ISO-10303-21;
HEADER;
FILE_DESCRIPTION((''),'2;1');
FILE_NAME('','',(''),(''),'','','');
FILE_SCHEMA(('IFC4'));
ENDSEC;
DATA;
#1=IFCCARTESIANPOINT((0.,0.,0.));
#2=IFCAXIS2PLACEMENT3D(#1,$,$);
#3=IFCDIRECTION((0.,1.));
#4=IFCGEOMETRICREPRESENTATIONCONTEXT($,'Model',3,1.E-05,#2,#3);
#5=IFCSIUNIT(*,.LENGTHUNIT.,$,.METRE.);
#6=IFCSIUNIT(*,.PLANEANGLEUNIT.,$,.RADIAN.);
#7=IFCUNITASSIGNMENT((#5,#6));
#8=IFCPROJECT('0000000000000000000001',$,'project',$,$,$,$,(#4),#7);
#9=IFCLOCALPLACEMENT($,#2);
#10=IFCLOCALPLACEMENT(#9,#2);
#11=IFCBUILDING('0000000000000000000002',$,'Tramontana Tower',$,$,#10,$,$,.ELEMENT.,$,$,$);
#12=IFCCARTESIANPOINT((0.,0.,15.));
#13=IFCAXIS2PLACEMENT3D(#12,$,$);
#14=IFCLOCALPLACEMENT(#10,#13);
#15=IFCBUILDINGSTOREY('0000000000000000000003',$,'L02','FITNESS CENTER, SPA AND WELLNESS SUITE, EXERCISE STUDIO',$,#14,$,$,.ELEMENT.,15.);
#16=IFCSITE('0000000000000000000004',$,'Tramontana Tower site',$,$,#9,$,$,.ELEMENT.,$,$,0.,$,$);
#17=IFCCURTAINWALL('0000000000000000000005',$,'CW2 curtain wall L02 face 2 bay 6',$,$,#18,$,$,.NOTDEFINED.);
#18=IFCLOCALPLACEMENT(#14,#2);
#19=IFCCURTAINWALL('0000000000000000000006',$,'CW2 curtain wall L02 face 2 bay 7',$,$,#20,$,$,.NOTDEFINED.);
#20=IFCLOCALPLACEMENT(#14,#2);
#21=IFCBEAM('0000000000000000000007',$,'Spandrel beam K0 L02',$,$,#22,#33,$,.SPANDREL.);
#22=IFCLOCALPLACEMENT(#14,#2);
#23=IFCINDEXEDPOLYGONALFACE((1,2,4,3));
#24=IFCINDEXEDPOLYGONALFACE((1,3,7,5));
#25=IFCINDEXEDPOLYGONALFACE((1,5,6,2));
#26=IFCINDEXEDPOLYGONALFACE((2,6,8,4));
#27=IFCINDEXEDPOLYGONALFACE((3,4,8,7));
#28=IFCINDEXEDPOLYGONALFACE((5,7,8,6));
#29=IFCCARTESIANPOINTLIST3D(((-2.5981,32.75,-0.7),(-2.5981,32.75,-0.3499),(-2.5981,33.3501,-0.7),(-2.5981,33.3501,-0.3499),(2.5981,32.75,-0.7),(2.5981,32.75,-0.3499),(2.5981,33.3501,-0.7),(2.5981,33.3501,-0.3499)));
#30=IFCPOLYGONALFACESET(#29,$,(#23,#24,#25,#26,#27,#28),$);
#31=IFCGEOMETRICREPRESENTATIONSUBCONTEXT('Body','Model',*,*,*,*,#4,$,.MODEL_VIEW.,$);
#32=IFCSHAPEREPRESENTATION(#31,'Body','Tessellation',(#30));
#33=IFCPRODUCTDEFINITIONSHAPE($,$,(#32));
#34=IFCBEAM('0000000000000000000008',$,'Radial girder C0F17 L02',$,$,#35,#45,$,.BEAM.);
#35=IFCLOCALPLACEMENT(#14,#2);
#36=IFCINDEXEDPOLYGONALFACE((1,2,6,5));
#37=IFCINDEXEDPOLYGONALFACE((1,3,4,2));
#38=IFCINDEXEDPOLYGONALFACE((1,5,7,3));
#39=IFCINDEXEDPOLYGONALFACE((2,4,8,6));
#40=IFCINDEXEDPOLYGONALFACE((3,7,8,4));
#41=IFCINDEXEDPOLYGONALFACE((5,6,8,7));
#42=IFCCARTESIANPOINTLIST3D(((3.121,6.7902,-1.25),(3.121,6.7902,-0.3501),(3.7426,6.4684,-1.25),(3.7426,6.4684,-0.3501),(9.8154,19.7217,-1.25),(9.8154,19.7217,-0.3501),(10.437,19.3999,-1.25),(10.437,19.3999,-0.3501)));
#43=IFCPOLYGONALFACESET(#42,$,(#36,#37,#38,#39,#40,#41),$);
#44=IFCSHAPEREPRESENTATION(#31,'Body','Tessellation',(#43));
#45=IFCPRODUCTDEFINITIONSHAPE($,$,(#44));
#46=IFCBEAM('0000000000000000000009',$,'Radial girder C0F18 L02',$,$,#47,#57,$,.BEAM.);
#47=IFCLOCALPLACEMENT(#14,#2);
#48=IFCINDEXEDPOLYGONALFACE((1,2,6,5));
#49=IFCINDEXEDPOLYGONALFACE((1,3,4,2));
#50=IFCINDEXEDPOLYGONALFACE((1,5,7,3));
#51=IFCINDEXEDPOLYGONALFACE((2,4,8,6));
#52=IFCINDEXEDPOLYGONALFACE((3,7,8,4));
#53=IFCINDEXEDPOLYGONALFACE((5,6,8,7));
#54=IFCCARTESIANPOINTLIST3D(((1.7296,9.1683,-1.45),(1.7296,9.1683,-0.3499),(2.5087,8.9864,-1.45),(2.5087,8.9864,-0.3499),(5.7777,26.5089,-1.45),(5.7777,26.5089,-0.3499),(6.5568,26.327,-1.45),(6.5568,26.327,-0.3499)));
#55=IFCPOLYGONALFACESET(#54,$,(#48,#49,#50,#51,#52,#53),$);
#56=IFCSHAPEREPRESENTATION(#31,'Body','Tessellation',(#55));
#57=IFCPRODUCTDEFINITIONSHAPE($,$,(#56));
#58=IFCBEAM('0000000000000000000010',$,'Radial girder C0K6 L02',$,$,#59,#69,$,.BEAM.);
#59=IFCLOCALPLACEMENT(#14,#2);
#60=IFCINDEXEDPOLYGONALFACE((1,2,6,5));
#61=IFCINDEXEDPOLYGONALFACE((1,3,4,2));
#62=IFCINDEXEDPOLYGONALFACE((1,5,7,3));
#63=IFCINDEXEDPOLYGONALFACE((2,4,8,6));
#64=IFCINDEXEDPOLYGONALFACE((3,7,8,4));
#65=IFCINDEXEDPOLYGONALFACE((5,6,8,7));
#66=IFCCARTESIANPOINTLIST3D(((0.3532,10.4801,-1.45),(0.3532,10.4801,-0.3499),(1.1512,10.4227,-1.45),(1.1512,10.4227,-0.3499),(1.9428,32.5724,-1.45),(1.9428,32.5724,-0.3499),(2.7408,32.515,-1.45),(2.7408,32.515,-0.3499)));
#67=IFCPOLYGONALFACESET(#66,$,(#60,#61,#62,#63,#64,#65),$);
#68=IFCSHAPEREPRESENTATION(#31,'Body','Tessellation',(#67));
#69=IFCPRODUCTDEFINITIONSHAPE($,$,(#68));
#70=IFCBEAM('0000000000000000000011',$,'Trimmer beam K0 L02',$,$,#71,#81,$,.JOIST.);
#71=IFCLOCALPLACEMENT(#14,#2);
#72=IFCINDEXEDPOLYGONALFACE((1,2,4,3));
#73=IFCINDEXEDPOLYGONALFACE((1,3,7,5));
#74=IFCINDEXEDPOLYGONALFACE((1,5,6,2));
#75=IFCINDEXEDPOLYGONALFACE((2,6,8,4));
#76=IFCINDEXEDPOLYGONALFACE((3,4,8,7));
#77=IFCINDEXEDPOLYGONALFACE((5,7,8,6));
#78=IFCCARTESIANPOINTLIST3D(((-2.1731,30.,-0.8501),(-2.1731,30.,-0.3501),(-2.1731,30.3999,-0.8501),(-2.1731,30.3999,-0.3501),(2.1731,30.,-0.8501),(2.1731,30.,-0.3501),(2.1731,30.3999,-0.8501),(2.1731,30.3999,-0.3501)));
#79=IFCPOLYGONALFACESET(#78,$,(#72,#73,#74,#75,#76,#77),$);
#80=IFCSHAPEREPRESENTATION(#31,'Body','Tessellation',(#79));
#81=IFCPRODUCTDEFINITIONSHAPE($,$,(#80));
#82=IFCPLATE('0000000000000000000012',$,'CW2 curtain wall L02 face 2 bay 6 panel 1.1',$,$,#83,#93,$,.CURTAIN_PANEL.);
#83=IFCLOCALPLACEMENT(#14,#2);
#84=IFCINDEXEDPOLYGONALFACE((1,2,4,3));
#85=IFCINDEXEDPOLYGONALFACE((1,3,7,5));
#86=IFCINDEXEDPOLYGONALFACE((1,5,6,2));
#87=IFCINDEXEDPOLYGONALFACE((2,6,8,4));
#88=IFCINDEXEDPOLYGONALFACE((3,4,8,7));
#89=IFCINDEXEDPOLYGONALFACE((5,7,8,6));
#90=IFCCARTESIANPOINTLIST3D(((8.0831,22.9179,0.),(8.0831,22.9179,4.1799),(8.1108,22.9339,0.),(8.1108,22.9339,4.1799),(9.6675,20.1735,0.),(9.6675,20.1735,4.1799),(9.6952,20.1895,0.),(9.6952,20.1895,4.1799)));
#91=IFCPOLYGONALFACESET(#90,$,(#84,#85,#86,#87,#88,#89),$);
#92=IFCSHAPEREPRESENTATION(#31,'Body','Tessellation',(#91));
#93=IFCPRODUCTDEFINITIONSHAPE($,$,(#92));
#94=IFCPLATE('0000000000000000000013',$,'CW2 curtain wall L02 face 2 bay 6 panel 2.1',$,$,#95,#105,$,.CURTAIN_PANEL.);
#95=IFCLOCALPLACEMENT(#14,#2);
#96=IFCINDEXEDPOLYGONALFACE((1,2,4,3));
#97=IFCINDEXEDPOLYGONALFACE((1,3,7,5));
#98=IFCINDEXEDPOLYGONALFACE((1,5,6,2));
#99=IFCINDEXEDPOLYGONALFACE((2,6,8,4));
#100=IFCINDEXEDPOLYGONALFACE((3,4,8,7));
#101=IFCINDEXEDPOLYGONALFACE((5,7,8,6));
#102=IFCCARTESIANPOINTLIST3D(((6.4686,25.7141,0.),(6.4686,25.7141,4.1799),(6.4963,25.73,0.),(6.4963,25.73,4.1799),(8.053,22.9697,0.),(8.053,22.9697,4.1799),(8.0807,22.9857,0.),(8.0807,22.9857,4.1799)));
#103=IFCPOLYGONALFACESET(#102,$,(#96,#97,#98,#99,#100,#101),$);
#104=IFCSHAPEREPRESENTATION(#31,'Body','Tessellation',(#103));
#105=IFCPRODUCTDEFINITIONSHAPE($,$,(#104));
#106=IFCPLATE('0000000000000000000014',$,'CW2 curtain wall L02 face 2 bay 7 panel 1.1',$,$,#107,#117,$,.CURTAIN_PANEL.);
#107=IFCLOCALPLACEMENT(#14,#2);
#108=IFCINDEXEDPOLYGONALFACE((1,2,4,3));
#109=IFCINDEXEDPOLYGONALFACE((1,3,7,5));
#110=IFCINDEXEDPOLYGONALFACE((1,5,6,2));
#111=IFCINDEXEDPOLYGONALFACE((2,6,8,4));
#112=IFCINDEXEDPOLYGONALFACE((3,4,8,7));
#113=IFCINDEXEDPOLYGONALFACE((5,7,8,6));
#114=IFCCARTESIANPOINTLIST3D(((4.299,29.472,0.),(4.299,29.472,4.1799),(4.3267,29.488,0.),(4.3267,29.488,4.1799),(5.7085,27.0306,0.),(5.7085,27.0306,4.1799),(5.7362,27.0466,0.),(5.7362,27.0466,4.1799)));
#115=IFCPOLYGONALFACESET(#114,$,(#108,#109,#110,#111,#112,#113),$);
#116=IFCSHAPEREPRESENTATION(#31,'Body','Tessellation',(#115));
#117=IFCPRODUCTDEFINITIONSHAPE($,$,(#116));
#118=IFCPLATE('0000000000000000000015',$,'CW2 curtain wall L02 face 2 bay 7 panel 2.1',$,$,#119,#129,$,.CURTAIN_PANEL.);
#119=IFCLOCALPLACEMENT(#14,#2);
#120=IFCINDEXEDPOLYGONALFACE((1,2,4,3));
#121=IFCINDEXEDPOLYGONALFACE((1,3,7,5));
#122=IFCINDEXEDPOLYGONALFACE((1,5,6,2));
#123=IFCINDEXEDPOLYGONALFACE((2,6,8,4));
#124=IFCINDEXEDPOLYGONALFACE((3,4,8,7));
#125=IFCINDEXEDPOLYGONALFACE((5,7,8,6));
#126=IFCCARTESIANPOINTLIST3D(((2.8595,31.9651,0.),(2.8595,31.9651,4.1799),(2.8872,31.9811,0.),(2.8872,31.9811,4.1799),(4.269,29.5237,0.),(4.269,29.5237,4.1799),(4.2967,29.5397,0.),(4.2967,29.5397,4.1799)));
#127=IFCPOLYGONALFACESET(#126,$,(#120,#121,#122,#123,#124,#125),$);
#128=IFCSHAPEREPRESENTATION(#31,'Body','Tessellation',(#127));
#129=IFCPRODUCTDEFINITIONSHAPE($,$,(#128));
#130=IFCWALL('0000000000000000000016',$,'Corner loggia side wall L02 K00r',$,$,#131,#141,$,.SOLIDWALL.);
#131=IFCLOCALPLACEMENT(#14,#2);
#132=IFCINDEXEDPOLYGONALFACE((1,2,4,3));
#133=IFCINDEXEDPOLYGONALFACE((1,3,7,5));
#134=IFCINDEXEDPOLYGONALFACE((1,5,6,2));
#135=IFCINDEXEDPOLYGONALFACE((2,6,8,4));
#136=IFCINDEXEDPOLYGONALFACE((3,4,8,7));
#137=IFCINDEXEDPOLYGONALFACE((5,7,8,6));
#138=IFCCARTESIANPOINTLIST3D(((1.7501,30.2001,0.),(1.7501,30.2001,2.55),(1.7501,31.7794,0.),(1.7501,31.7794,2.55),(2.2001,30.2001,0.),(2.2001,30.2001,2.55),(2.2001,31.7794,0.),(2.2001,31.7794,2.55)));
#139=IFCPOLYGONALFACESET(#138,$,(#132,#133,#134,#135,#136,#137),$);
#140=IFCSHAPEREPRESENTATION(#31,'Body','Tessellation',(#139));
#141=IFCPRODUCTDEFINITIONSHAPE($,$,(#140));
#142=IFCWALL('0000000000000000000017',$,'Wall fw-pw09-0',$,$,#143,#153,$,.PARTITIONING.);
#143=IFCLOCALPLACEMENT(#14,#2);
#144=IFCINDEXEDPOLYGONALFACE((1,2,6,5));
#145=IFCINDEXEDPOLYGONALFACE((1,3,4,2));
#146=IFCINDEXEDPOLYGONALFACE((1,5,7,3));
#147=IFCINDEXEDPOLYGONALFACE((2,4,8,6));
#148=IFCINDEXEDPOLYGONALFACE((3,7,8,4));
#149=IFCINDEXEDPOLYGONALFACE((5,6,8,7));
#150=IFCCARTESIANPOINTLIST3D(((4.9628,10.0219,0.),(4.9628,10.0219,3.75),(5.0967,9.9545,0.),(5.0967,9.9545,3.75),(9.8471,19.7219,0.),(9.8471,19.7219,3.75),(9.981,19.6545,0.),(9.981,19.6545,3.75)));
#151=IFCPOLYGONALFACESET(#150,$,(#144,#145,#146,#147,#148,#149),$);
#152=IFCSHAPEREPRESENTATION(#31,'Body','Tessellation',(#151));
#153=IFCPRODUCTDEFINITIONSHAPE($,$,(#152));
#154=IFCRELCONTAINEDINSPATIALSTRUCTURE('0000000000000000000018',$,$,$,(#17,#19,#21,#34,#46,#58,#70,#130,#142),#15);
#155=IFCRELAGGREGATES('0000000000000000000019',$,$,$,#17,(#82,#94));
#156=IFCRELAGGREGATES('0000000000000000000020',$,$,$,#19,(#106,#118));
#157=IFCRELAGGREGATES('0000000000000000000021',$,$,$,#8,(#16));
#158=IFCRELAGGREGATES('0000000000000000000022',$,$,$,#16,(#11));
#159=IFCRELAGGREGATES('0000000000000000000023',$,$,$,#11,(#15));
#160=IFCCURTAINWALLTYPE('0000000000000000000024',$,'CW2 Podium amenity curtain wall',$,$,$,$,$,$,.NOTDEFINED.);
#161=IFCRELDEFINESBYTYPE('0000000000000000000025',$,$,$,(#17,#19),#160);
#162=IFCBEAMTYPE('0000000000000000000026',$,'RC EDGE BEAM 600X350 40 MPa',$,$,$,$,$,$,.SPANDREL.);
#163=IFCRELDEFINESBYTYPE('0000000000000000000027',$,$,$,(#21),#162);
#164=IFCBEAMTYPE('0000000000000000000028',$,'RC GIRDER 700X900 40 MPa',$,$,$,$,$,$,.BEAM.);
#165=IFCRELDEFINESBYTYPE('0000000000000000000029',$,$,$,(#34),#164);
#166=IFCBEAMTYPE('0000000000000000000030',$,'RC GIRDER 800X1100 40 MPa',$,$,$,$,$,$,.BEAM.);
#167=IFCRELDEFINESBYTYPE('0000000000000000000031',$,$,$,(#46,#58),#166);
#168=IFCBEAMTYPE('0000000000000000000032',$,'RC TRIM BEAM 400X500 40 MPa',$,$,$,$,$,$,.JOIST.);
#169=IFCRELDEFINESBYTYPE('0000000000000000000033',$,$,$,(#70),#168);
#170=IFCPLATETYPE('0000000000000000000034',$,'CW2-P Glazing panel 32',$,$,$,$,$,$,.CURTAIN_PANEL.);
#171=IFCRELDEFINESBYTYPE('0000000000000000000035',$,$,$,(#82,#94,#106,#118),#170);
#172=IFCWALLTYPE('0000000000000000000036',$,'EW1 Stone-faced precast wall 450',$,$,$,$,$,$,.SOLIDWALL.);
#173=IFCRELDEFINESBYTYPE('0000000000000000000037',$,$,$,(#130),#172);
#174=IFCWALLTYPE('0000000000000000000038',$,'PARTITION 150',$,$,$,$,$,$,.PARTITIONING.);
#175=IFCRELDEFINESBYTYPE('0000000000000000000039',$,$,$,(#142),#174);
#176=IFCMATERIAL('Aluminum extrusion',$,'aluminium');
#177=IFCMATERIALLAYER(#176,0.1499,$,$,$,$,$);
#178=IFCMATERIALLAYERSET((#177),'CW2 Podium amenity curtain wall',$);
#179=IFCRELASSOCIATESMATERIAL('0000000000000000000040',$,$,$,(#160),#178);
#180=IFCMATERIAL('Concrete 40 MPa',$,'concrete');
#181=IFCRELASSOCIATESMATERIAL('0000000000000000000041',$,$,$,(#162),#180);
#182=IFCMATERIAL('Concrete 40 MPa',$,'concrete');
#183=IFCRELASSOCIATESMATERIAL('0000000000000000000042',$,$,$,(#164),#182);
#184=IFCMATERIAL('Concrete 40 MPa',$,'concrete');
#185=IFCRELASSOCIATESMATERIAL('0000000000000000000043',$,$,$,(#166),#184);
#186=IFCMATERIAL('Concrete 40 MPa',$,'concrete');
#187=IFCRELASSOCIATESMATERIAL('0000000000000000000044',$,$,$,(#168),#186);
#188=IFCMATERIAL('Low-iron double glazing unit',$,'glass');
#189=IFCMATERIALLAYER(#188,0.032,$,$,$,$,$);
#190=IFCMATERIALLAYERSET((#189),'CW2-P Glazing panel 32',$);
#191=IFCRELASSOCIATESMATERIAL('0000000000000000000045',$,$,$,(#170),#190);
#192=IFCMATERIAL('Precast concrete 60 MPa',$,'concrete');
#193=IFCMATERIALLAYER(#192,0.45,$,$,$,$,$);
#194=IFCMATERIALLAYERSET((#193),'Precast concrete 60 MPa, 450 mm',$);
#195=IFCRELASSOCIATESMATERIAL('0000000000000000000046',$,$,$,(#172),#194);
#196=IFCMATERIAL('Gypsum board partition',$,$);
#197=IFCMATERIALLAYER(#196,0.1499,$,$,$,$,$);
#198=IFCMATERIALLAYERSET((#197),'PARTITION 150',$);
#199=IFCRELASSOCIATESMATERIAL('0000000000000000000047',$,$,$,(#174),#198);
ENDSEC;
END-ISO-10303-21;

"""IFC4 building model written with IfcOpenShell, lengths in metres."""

from ifc_helpers import new_model, si_unit, direction, frame, frame_2d, origin, origin_2d, place, context, subcontext, project, spatial, rectangle, extrude, material, layer, layer_set, material_profile, profile_set, type_object, element, aggregate, save


model = new_model("IFC4")

# Units and contexts
model_context = context("Model", 3, precision=1e-05, world=origin(), true_north=direction((0.0, 1.0)))
body_context = subcontext(model_context, "Body", "Model", "MODEL_VIEW")
ifc_project = project(units=[si_unit("LENGTHUNIT", "METRE"), si_unit("PLANEANGLEUNIT", "RADIAN")], contexts=[model_context])

# Site, building, storey
site_placement = place(None, origin())
site = spatial("IfcSite", under=ifc_project, at=site_placement, Name="Tramontana Tower site", CompositionType="ELEMENT", RefElevation=0.0)
building_placement = place(site_placement, origin())
building = spatial("IfcBuilding", under=site, at=building_placement, Name="Tramontana Tower", CompositionType="ELEMENT")
storey_placement = place(building_placement, frame((0.0, 0.0, 15.0)))
storey = spatial("IfcBuildingStorey", under=building, at=storey_placement, Name="L02", Description="FITNESS CENTER, SPA AND WELLNESS SUITE, EXERCISE STUDIO", CompositionType="ELEMENT", Elevation=15.0)

# Shared definitions
ifc_material_1 = material(Name="Aluminum extrusion", Category="aluminium")
ifc_layer_1 = layer(ifc_material_1, 0.1499)
ifc_layer_set_1 = layer_set([ifc_layer_1], Name="CW2 Podium amenity curtain wall")
curtain_wall_type = type_object("IfcCurtainWallType", Name="CW2 Podium amenity curtain wall", PredefinedType="NOTDEFINED", material=ifc_layer_set_1)

# Curtain walls
curtain_wall_1_placement = place(storey_placement, origin())
curtain_wall_1 = element("IfcCurtainWall", 1, at=curtain_wall_1_placement, inside=storey, type_object=curtain_wall_type, Name="CW2 curtain wall L02 face 2 bay 6", PredefinedType="NOTDEFINED")
curtain_wall_2_placement = place(storey_placement, origin())
curtain_wall_2 = element("IfcCurtainWall", 2, at=curtain_wall_2_placement, inside=storey, type_object=curtain_wall_type, Name="CW2 curtain wall L02 face 2 bay 7", PredefinedType="NOTDEFINED")

# Beams
ifc_material_2 = material(Name="Concrete 40 MPa", Category="concrete")
ifc_material_profile_1 = material_profile(ifc_material_2, rectangle(XDim=0.6001, YDim=0.3501, at=origin_2d()), Name="RC EDGE BEAM 600X350 40 MPa")
ifc_profile_set_1 = profile_set([ifc_material_profile_1], Name="Concrete 40 MPa")
beam_type_1 = type_object("IfcBeamType", Name="RC EDGE BEAM 600X350 40 MPa", PredefinedType="SPANDREL", material=ifc_profile_set_1)
beam_1_placement = place(storey_placement, frame((2.5981, 33.05, -0.5249), z_axis=(-1.0, 0.0, 0.0), x_axis=(0.0, -1.0, 0.0)))
element("IfcBeam", 3, at=beam_1_placement, inside=storey, type_object=beam_type_1, Name="Spandrel beam K0 L02", PredefinedType="SPANDREL", context=body_context, shape_type="SweptSolid", body=[
    extrude(rectangle(XDim=0.6001, YDim=0.3501, at=origin_2d()), origin(), (0.0, 0.0, 1.0), 5.1963),
])
ifc_material_3 = material(Name="Concrete 40 MPa", Category="concrete")
ifc_material_profile_2 = material_profile(ifc_material_3, rectangle(XDim=0.7, YDim=0.8999, at=origin_2d()), Name="RC GIRDER 700X900 40 MPa")
ifc_profile_set_2 = profile_set([ifc_material_profile_2], Name="Concrete 40 MPa")
beam_type_2 = type_object("IfcBeamType", Name="RC GIRDER 700X900 40 MPa", PredefinedType="BEAM", material=ifc_profile_set_2)
beam_2_placement = place(storey_placement, frame((10.1262, 19.5608, -0.8), z_axis=(-0.459731, -0.888058, 0.0), x_axis=(0.888058, -0.459731, 0.0)))
element("IfcBeam", 4, at=beam_2_placement, inside=storey, type_object=beam_type_2, Name="Radial girder C0F17 L02", PredefinedType="BEAM", context=body_context, shape_type="SweptSolid", body=[
    extrude(rectangle(XDim=0.7, YDim=0.8999, at=origin_2d()), origin(), (0.0, 0.0, 1.0), 14.5615),
])
ifc_material_4 = material(Name="Concrete 40 MPa", Category="concrete")
ifc_material_profile_3 = material_profile(ifc_material_4, rectangle(XDim=0.8, YDim=1.1001, at=origin_2d()), Name="RC GIRDER 800X1100 40 MPa")
ifc_profile_set_3 = profile_set([ifc_material_profile_3], Name="Concrete 40 MPa")
beam_type_3 = type_object("IfcBeamType", Name="RC GIRDER 800X1100 40 MPa", PredefinedType="BEAM", material=ifc_profile_set_3)
beam_3_placement = place(storey_placement, frame((6.1672, 26.418, -0.8999), z_axis=(-0.227334, -0.973817, 0.0), x_axis=(0.973817, -0.227334, 0.0)))
element("IfcBeam", 5, at=beam_3_placement, inside=storey, type_object=beam_type_3, Name="Radial girder C0F18 L02", PredefinedType="BEAM", context=body_context, shape_type="SweptSolid", body=[
    extrude(rectangle(XDim=0.8, YDim=1.1001, at=origin_2d()), origin(), (0.0, 0.0, 1.0), 17.8069),
])
beam_4_placement = place(storey_placement, frame((2.3418, 32.5437, -0.8999), z_axis=(-0.071767, -0.997421, 0.0), x_axis=(0.997421, -0.071767, 0.0)))
element("IfcBeam", 6, at=beam_4_placement, inside=storey, type_object=beam_type_3, Name="Radial girder C0K6 L02", PredefinedType="BEAM", context=body_context, shape_type="SweptSolid", body=[
    extrude(rectangle(XDim=0.8, YDim=1.1001, at=origin_2d()), origin(), (0.0, 0.0, 1.0), 22.1494),
])
ifc_material_5 = material(Name="Concrete 40 MPa", Category="concrete")
ifc_material_profile_4 = material_profile(ifc_material_5, rectangle(XDim=0.3999, YDim=0.5, at=origin_2d()), Name="RC TRIM BEAM 400X500 40 MPa")
ifc_profile_set_4 = profile_set([ifc_material_profile_4], Name="Concrete 40 MPa")
beam_type_4 = type_object("IfcBeamType", Name="RC TRIM BEAM 400X500 40 MPa", PredefinedType="JOIST", material=ifc_profile_set_4)
beam_5_placement = place(storey_placement, frame((2.1731, 30.2, -0.6001), z_axis=(-1.0, 0.0, 0.0), x_axis=(0.0, -1.0, 0.0)))
element("IfcBeam", 7, at=beam_5_placement, inside=storey, type_object=beam_type_4, Name="Trimmer beam K0 L02", PredefinedType="JOIST", context=body_context, shape_type="SweptSolid", body=[
    extrude(rectangle(XDim=0.3999, YDim=0.5, at=origin_2d()), origin(), (0.0, 0.0, 1.0), 4.3462),
])

# Plates
ifc_material_6 = material(Name="Low-iron double glazing unit", Category="glass")
ifc_layer_2 = layer(ifc_material_6, 0.032)
ifc_layer_set_2 = layer_set([ifc_layer_2], Name="CW2-P Glazing panel 32")
plate_type = type_object("IfcPlateType", Name="CW2-P Glazing panel 32", PredefinedType="CURTAIN_PANEL", material=ifc_layer_set_2)
plate_1_placement = place(storey_placement, frame((8.8892, 21.5537, 0.0), z_axis=(0.0, 0.0, 1.0), x_axis=(-0.5, 0.866025, 0.0)))
plate_1 = element("IfcPlate", 8, at=plate_1_placement, type_object=plate_type, Name="CW2 curtain wall L02 face 2 bay 6 panel 1.1", PredefinedType="CURTAIN_PANEL", context=body_context, shape_type="SweptSolid", body=[
    extrude(rectangle(XDim=3.1689, YDim=0.032, at=origin_2d()), origin(), (0.0, 0.0, 1.0), 4.1799),
])
plate_2_placement = place(storey_placement, frame((7.2747, 24.3499, 0.0), z_axis=(0.0, 0.0, 1.0), x_axis=(-0.5, 0.866025, 0.0)))
plate_2 = element("IfcPlate", 9, at=plate_2_placement, type_object=plate_type, Name="CW2 curtain wall L02 face 2 bay 6 panel 2.1", PredefinedType="CURTAIN_PANEL", context=body_context, shape_type="SweptSolid", body=[
    extrude(rectangle(XDim=3.1689, YDim=0.032, at=origin_2d()), origin(), (0.0, 0.0, 1.0), 4.1799),
])
aggregate(curtain_wall_1, [plate_1, plate_2])
plate_3_placement = place(storey_placement, frame((5.0176, 28.2593, 0.0), z_axis=(0.0, 0.0, 1.0), x_axis=(-0.5, 0.866025, 0.0)))
plate_3 = element("IfcPlate", 10, at=plate_3_placement, type_object=plate_type, Name="CW2 curtain wall L02 face 2 bay 7 panel 1.1", PredefinedType="CURTAIN_PANEL", context=body_context, shape_type="SweptSolid", body=[
    extrude(rectangle(XDim=2.8191, YDim=0.032, at=origin_2d()), origin(), (0.0, 0.0, 1.0), 4.1799),
])
plate_4_placement = place(storey_placement, frame((3.5781, 30.7524, 0.0), z_axis=(0.0, 0.0, 1.0), x_axis=(-0.5, 0.866025, 0.0)))
plate_4 = element("IfcPlate", 11, at=plate_4_placement, type_object=plate_type, Name="CW2 curtain wall L02 face 2 bay 7 panel 2.1", PredefinedType="CURTAIN_PANEL", context=body_context, shape_type="SweptSolid", body=[
    extrude(rectangle(XDim=2.8191, YDim=0.032, at=origin_2d()), origin(), (0.0, 0.0, 1.0), 4.1799),
])
aggregate(curtain_wall_2, [plate_3, plate_4])

# Walls
ifc_material_7 = material(Name="Precast concrete 60 MPa", Category="concrete")
ifc_layer_3 = layer(ifc_material_7, 0.45)
ifc_layer_set_3 = layer_set([ifc_layer_3], Name="Precast concrete 60 MPa, 450 mm")
wall_type_1 = type_object("IfcWallType", Name="EW1 Stone-faced precast wall 450", PredefinedType="SOLIDWALL", material=ifc_layer_set_3)
wall_1_placement = place(storey_placement, frame((1.9751, 31.7793, 0.0), z_axis=(0.0, 0.0, 1.0), x_axis=(0.0, -1.0, 0.0)))
element("IfcWall", 12, at=wall_1_placement, inside=storey, type_object=wall_type_1, Name="Corner loggia side wall L02 K00r", PredefinedType="SOLIDWALL", context=body_context, shape_type="SweptSolid", body=[
    extrude(rectangle(XDim=1.5793, YDim=0.45, at=frame_2d((0.7896, 0.0))), origin(), (0.0, 0.0, 1.0), 2.55),
])
ifc_material_8 = material(Name="Gypsum board partition")
ifc_layer_4 = layer(ifc_material_8, 0.1499)
ifc_layer_set_4 = layer_set([ifc_layer_4], Name="PARTITION 150")
wall_type_2 = type_object("IfcWallType", Name="PARTITION 150", PredefinedType="PARTITIONING", material=ifc_layer_set_4)
wall_2_placement = place(storey_placement, frame((9.9141, 19.6882, 0.0), z_axis=(0.0, 0.0, 1.0), x_axis=(-0.449739, -0.89316, 0.0)))
element("IfcWall", 13, at=wall_2_placement, inside=storey, type_object=wall_type_2, Name="Wall fw-pw09-0", PredefinedType="PARTITIONING", context=body_context, shape_type="SweptSolid", body=[
    extrude(rectangle(XDim=10.8604, YDim=0.1499, at=frame_2d((5.4302, 0.0))), origin(), (0.0, 0.0, 1.0), 3.75),
])

save(model, "model.ifc")
